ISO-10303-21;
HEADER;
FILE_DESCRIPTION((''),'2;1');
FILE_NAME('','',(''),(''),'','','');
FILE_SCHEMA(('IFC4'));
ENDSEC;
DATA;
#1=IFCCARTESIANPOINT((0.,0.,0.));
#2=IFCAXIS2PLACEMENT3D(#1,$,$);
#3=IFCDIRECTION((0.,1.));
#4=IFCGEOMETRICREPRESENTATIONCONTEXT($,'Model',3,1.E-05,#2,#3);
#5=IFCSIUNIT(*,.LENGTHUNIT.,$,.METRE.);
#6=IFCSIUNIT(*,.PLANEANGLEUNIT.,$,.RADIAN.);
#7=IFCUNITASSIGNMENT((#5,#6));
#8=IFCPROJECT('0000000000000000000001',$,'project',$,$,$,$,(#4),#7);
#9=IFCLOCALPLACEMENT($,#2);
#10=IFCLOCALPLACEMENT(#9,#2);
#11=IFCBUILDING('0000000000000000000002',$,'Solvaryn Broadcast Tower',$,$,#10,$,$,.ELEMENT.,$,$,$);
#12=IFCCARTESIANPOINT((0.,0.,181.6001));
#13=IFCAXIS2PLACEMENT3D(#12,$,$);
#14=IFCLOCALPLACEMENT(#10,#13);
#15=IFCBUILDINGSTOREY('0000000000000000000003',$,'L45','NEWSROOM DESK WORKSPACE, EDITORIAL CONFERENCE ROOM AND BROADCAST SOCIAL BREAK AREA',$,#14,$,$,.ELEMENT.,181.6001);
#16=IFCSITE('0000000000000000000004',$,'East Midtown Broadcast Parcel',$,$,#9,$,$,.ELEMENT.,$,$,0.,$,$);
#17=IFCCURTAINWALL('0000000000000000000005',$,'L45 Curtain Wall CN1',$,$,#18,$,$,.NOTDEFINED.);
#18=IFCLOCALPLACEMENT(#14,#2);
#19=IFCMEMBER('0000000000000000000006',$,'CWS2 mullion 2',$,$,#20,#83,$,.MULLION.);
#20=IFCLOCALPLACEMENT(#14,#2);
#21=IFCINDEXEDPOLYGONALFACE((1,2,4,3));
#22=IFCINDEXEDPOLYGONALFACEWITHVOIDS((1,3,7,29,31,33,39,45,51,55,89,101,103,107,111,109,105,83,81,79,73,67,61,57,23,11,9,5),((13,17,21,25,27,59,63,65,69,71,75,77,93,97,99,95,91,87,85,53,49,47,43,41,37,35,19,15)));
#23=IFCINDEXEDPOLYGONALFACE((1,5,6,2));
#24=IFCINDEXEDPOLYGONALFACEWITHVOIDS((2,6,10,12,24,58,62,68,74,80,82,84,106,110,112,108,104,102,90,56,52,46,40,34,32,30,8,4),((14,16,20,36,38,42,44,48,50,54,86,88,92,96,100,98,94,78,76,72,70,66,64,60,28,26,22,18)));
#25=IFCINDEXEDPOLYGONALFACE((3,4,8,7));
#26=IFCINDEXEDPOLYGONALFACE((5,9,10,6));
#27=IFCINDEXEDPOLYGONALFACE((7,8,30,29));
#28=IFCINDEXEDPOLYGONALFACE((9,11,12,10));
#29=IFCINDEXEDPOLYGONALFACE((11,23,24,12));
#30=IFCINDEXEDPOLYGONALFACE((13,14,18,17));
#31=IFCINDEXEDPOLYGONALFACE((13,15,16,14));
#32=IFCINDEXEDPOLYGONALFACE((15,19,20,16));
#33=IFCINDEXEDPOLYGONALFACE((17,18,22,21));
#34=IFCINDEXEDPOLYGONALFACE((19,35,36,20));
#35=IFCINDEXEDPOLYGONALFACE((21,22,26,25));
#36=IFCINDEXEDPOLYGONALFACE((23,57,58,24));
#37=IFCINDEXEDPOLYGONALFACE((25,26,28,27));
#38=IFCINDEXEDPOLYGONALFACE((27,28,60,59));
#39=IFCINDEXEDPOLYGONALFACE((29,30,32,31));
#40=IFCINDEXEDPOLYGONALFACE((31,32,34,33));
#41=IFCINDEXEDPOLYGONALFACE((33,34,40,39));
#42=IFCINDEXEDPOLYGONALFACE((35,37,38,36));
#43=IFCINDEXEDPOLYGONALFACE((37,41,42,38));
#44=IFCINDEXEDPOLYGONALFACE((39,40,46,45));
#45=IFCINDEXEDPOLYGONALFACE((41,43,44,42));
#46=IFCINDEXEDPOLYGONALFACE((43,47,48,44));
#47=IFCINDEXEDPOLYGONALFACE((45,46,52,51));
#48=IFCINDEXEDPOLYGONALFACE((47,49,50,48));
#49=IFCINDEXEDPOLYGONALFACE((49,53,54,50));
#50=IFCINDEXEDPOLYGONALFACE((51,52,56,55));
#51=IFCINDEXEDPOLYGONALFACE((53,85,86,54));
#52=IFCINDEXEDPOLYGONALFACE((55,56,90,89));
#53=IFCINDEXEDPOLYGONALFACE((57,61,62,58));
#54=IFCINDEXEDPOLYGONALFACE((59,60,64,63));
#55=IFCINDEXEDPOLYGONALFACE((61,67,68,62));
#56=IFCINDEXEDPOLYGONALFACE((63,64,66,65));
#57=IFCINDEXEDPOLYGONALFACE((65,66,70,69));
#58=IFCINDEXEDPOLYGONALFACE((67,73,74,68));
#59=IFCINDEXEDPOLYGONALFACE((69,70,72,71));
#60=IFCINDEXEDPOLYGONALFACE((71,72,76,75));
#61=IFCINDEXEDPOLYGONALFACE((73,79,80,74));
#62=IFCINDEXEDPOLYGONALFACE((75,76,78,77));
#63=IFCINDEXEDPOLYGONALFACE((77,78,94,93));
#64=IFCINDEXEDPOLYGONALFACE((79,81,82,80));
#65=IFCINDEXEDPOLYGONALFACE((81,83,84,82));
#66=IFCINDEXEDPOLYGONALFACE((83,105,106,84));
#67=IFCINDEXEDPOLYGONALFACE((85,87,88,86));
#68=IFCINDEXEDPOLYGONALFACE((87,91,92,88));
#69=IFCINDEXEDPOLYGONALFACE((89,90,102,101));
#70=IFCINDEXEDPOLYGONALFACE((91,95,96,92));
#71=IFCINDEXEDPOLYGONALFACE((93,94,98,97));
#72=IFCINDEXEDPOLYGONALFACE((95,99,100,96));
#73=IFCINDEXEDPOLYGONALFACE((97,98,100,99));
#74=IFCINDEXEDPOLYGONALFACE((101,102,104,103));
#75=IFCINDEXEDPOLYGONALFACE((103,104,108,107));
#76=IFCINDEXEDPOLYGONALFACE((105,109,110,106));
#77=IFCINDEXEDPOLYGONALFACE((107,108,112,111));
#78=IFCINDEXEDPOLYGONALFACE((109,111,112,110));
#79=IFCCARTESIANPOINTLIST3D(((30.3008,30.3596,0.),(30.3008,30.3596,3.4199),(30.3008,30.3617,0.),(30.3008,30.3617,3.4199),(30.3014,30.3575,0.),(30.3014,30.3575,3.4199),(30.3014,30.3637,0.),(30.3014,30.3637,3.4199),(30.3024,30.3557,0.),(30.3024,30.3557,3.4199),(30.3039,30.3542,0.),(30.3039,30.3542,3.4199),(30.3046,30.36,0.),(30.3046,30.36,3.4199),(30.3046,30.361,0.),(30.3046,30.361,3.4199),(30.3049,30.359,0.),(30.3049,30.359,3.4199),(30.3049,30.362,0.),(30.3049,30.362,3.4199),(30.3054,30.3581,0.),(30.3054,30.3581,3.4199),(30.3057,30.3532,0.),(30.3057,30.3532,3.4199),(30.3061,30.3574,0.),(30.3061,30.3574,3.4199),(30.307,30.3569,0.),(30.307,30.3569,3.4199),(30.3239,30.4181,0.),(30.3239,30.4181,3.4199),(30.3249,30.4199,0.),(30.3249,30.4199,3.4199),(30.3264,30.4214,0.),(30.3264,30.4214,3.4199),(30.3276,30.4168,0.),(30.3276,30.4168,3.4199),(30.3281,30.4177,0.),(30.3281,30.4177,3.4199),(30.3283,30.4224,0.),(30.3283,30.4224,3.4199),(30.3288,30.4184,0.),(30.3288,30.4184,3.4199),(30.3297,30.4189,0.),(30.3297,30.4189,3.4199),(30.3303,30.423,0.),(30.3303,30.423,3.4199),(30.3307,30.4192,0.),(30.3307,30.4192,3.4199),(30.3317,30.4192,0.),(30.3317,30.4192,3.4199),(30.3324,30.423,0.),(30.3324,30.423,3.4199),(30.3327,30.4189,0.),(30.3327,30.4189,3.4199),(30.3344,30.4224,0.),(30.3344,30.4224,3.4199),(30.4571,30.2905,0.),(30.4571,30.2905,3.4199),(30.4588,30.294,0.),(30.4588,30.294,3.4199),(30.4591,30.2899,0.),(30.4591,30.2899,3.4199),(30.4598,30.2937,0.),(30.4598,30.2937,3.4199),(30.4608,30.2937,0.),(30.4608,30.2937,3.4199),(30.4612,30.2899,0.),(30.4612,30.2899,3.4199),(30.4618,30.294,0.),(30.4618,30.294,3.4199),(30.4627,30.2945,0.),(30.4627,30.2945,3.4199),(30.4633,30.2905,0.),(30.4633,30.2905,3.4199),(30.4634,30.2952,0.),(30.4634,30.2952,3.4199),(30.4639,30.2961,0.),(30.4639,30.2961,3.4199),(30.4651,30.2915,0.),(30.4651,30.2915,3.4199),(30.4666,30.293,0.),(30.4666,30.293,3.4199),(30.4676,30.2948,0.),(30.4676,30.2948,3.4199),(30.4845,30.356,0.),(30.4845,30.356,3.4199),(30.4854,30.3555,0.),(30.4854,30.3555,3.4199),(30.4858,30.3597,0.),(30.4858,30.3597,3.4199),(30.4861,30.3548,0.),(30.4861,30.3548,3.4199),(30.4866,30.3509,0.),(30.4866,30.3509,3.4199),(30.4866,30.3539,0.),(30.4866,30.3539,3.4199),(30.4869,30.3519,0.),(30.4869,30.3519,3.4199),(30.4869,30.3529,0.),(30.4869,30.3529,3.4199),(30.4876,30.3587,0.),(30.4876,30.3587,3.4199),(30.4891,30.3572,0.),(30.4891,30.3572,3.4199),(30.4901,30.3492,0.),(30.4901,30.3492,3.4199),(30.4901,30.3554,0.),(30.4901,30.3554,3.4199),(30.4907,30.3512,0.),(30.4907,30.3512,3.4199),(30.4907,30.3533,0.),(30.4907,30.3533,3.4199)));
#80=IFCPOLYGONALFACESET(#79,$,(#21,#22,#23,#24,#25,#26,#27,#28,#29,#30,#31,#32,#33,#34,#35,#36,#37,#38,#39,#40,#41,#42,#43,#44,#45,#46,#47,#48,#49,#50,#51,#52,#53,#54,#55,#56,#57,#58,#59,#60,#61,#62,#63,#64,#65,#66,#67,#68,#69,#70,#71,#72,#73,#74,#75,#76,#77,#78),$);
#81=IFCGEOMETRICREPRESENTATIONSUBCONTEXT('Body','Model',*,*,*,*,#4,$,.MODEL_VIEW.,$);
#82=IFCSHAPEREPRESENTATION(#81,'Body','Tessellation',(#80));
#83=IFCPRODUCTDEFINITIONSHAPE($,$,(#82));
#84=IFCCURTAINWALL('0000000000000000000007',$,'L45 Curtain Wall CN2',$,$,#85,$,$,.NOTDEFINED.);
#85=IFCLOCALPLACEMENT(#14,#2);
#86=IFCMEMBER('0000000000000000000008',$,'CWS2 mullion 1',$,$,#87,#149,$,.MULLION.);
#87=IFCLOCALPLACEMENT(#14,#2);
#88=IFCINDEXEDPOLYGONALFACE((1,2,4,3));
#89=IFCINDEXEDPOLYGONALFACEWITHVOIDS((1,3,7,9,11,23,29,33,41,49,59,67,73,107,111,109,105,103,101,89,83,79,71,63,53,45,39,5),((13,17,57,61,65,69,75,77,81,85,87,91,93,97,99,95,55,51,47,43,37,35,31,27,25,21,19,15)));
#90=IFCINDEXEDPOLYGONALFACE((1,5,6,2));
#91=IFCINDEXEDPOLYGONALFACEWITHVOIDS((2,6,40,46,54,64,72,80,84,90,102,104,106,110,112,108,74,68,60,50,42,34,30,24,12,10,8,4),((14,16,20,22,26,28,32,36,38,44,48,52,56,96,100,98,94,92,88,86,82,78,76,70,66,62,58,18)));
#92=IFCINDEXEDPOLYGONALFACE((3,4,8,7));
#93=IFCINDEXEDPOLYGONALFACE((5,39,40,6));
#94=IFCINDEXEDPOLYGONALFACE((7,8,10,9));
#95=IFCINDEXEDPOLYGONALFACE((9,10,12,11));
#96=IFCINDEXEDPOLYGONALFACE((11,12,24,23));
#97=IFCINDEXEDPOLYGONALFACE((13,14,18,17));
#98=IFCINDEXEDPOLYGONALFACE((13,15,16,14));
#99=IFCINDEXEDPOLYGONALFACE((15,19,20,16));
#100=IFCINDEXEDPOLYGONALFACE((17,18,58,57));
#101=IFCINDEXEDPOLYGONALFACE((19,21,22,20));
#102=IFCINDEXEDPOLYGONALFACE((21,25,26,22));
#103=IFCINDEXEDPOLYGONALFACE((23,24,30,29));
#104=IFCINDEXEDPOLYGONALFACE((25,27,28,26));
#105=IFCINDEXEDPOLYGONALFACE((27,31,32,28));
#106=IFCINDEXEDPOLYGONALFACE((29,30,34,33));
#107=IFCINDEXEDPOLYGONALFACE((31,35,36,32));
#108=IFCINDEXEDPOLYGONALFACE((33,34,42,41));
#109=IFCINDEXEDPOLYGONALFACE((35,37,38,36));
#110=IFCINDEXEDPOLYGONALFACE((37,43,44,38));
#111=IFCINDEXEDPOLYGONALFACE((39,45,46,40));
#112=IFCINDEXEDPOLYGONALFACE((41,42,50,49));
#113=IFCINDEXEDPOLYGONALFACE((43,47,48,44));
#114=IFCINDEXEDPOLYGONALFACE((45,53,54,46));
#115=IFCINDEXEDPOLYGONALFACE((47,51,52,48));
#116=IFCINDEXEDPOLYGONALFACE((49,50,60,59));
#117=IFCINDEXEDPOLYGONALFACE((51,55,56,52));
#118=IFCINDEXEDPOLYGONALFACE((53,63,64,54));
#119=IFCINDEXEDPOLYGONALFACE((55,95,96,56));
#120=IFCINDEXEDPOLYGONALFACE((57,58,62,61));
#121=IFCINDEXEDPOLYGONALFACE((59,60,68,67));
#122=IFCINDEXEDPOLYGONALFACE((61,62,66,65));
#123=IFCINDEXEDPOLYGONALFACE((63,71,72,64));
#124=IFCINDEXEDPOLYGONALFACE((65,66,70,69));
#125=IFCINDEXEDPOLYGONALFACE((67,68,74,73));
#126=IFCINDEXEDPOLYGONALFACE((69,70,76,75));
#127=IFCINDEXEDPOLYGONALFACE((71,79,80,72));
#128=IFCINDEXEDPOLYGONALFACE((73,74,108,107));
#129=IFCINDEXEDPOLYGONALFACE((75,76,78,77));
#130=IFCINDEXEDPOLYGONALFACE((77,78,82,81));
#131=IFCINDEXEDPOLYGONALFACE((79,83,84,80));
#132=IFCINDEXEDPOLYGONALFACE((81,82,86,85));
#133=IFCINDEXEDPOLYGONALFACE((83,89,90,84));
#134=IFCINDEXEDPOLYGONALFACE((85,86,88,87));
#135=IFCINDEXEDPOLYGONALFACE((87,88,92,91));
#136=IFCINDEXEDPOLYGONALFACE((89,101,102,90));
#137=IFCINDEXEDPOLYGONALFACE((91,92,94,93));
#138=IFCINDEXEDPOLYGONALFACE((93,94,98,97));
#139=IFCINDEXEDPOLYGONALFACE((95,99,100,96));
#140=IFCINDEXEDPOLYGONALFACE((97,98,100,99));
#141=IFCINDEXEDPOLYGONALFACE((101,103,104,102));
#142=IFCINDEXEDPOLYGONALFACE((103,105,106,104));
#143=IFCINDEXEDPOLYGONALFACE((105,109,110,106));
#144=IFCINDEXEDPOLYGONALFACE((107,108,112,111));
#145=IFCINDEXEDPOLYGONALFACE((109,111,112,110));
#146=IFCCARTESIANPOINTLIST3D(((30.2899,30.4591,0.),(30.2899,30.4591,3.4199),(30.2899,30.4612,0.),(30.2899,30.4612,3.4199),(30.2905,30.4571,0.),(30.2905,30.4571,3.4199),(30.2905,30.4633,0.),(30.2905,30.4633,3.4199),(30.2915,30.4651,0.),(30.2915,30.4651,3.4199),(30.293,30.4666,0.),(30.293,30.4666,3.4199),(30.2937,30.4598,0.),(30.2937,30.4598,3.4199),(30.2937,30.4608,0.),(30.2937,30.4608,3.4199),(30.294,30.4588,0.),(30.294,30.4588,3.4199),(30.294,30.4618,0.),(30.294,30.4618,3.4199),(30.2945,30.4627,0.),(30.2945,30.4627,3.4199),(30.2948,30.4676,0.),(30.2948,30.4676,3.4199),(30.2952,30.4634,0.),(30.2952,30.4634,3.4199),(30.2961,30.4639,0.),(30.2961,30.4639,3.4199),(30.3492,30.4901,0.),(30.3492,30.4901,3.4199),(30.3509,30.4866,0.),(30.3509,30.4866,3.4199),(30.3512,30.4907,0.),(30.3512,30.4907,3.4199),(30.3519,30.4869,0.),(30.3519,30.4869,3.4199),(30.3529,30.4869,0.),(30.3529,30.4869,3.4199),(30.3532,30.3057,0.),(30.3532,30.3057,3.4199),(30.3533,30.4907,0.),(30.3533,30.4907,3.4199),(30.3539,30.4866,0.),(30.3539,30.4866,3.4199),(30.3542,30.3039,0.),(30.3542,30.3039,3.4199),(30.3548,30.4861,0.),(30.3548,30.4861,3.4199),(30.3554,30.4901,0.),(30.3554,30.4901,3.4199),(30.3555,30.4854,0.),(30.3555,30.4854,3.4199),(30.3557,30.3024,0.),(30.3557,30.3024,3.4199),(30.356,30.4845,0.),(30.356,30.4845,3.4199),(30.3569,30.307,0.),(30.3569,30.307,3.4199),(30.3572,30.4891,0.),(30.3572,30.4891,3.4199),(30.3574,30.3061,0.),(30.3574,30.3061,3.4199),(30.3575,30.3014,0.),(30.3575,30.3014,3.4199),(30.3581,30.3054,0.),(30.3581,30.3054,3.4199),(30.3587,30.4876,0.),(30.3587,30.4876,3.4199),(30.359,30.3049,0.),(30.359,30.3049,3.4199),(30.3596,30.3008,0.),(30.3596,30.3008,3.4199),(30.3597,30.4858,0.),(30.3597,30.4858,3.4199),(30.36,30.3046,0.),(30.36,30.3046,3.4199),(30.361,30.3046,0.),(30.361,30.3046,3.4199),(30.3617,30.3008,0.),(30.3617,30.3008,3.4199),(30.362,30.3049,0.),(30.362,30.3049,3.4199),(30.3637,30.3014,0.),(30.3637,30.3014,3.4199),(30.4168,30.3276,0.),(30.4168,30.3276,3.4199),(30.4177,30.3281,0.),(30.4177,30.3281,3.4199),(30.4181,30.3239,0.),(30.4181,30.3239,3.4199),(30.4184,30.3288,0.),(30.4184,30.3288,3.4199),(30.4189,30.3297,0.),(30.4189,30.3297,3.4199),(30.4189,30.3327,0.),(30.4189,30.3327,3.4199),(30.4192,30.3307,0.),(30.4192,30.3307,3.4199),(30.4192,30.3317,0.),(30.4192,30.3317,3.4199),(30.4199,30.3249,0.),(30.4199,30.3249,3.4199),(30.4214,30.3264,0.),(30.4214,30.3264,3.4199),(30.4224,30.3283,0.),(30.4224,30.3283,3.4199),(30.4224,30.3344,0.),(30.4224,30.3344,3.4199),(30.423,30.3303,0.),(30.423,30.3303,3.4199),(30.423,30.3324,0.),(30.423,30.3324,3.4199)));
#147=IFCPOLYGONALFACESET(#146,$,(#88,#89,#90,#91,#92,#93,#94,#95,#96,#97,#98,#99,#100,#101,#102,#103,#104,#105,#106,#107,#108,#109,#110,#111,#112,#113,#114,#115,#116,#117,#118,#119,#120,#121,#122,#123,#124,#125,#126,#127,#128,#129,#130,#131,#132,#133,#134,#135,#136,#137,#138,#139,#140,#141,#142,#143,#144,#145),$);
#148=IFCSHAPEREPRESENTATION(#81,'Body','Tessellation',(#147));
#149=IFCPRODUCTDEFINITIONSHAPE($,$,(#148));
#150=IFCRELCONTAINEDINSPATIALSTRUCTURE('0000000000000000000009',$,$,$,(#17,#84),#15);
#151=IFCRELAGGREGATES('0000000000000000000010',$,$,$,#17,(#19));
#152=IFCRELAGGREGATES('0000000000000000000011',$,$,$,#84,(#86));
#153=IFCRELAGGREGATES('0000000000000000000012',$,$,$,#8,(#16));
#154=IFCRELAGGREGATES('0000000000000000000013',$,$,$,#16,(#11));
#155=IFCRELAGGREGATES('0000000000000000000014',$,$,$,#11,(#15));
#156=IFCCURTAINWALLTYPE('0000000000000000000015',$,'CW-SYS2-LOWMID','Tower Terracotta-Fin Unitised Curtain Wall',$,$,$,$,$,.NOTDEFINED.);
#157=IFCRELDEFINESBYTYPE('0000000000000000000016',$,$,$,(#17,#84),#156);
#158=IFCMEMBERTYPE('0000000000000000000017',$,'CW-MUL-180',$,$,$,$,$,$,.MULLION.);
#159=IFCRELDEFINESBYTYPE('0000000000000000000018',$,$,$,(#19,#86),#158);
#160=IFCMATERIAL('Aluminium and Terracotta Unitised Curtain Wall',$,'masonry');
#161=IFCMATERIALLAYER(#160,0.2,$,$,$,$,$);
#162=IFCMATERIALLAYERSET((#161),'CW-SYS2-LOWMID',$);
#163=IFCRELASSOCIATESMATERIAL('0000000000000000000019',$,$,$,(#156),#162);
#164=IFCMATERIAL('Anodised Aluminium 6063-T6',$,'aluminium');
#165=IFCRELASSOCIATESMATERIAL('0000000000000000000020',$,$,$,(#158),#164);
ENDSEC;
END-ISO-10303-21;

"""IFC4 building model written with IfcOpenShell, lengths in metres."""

from ifc_helpers import new_model, si_unit, direction, frame, origin, origin_2d, place, context, subcontext, project, spatial, hollow_rectangle, extrude, material, layer, layer_set, material_profile, profile_set, type_object, element, aggregate, save


model = new_model("IFC4")

# Units and contexts
model_context = context("Model", 3, precision=1e-05, world=origin(), true_north=direction((0.0, 1.0)))
body_context = subcontext(model_context, "Body", "Model", "MODEL_VIEW")
ifc_project = project(units=[si_unit("LENGTHUNIT", "METRE"), si_unit("PLANEANGLEUNIT", "RADIAN")], contexts=[model_context])

# Site, building, storey
site_placement = place(None, origin())
site = spatial("IfcSite", under=ifc_project, at=site_placement, Name="East Midtown Broadcast Parcel", CompositionType="ELEMENT", RefElevation=0.0)
building_placement = place(site_placement, origin())
building = spatial("IfcBuilding", under=site, at=building_placement, Name="Solvaryn Broadcast Tower", CompositionType="ELEMENT")
storey_placement = place(building_placement, frame((0.0, 0.0, 181.6001)))
storey = spatial("IfcBuildingStorey", under=building, at=storey_placement, Name="L45", Description="NEWSROOM DESK WORKSPACE, EDITORIAL CONFERENCE ROOM AND BROADCAST SOCIAL BREAK AREA", CompositionType="ELEMENT", Elevation=181.6001)

# Curtain wall, member
ifc_material_1 = material(Name="Aluminium and Terracotta Unitised Curtain Wall", Category="masonry")
ifc_layer_1 = layer(ifc_material_1, 0.2)
ifc_layer_set_1 = layer_set([ifc_layer_1], Name="CW-SYS2-LOWMID")
curtain_wall_type = type_object("IfcCurtainWallType", Name="CW-SYS2-LOWMID", Description="Tower Terracotta-Fin Unitised Curtain Wall", PredefinedType="NOTDEFINED", material=ifc_layer_set_1)
curtain_wall_1_placement = place(storey_placement, origin())
curtain_wall_1 = element("IfcCurtainWall", 1, at=curtain_wall_1_placement, inside=storey, type_object=curtain_wall_type, Name="L45 Curtain Wall CN1", PredefinedType="NOTDEFINED")
ifc_material_2 = material(Name="Anodised Aluminium 6063-T6", Category="aluminium")
ifc_material_profile_1 = material_profile(ifc_material_2, hollow_rectangle(XDim=0.075, YDim=0.1799, WallThickness=0.0039, InnerFilletRadius=0.0039, OuterFilletRadius=0.0081, at=origin_2d()))
ifc_profile_set_1 = profile_set([ifc_material_profile_1], Name="Anodised Aluminium 6063-T6")
member_type_1 = type_object("IfcMemberType", Name="CW-MUL-180", PredefinedType="MULLION", material=ifc_profile_set_1)
member_1_placement = place(storey_placement, frame((30.3958, 30.3564, 0.0), z_axis=(0.0, 0.0, 1.0), x_axis=(-0.382646, -0.923895, 0.0)))
member_1 = element("IfcMember", 2, at=member_1_placement, type_object=member_type_1, Name="CWS2 mullion 2", PredefinedType="MULLION", context=body_context, shape_type="SweptSolid", body=[
    extrude(hollow_rectangle(XDim=0.075, YDim=0.1799, WallThickness=0.0039, InnerFilletRadius=0.0039, OuterFilletRadius=0.0081, at=origin_2d()), origin(), (0.0, 0.0, 1.0), 3.4199),
])

# Curtain wall, member
curtain_wall_2_placement = place(storey_placement, origin())
curtain_wall_2 = element("IfcCurtainWall", 3, at=curtain_wall_2_placement, inside=storey, type_object=curtain_wall_type, Name="L45 Curtain Wall CN2", PredefinedType="NOTDEFINED")
member_2_placement = place(storey_placement, frame((30.3564, 30.3958, 0.0), z_axis=(0.0, 0.0, 1.0), x_axis=(-0.923895, -0.382646, 0.0)))
member_2 = element("IfcMember", 4, at=member_2_placement, type_object=member_type_1, Name="CWS2 mullion 1", PredefinedType="MULLION", context=body_context, shape_type="SweptSolid", body=[
    extrude(hollow_rectangle(XDim=0.075, YDim=0.1799, WallThickness=0.0039, InnerFilletRadius=0.0039, OuterFilletRadius=0.0081, at=origin_2d()), origin(), (0.0, 0.0, 1.0), 3.4199),
])

aggregate(curtain_wall_1, [member_1])
aggregate(curtain_wall_2, [member_2])

save(model, "model.ifc")
